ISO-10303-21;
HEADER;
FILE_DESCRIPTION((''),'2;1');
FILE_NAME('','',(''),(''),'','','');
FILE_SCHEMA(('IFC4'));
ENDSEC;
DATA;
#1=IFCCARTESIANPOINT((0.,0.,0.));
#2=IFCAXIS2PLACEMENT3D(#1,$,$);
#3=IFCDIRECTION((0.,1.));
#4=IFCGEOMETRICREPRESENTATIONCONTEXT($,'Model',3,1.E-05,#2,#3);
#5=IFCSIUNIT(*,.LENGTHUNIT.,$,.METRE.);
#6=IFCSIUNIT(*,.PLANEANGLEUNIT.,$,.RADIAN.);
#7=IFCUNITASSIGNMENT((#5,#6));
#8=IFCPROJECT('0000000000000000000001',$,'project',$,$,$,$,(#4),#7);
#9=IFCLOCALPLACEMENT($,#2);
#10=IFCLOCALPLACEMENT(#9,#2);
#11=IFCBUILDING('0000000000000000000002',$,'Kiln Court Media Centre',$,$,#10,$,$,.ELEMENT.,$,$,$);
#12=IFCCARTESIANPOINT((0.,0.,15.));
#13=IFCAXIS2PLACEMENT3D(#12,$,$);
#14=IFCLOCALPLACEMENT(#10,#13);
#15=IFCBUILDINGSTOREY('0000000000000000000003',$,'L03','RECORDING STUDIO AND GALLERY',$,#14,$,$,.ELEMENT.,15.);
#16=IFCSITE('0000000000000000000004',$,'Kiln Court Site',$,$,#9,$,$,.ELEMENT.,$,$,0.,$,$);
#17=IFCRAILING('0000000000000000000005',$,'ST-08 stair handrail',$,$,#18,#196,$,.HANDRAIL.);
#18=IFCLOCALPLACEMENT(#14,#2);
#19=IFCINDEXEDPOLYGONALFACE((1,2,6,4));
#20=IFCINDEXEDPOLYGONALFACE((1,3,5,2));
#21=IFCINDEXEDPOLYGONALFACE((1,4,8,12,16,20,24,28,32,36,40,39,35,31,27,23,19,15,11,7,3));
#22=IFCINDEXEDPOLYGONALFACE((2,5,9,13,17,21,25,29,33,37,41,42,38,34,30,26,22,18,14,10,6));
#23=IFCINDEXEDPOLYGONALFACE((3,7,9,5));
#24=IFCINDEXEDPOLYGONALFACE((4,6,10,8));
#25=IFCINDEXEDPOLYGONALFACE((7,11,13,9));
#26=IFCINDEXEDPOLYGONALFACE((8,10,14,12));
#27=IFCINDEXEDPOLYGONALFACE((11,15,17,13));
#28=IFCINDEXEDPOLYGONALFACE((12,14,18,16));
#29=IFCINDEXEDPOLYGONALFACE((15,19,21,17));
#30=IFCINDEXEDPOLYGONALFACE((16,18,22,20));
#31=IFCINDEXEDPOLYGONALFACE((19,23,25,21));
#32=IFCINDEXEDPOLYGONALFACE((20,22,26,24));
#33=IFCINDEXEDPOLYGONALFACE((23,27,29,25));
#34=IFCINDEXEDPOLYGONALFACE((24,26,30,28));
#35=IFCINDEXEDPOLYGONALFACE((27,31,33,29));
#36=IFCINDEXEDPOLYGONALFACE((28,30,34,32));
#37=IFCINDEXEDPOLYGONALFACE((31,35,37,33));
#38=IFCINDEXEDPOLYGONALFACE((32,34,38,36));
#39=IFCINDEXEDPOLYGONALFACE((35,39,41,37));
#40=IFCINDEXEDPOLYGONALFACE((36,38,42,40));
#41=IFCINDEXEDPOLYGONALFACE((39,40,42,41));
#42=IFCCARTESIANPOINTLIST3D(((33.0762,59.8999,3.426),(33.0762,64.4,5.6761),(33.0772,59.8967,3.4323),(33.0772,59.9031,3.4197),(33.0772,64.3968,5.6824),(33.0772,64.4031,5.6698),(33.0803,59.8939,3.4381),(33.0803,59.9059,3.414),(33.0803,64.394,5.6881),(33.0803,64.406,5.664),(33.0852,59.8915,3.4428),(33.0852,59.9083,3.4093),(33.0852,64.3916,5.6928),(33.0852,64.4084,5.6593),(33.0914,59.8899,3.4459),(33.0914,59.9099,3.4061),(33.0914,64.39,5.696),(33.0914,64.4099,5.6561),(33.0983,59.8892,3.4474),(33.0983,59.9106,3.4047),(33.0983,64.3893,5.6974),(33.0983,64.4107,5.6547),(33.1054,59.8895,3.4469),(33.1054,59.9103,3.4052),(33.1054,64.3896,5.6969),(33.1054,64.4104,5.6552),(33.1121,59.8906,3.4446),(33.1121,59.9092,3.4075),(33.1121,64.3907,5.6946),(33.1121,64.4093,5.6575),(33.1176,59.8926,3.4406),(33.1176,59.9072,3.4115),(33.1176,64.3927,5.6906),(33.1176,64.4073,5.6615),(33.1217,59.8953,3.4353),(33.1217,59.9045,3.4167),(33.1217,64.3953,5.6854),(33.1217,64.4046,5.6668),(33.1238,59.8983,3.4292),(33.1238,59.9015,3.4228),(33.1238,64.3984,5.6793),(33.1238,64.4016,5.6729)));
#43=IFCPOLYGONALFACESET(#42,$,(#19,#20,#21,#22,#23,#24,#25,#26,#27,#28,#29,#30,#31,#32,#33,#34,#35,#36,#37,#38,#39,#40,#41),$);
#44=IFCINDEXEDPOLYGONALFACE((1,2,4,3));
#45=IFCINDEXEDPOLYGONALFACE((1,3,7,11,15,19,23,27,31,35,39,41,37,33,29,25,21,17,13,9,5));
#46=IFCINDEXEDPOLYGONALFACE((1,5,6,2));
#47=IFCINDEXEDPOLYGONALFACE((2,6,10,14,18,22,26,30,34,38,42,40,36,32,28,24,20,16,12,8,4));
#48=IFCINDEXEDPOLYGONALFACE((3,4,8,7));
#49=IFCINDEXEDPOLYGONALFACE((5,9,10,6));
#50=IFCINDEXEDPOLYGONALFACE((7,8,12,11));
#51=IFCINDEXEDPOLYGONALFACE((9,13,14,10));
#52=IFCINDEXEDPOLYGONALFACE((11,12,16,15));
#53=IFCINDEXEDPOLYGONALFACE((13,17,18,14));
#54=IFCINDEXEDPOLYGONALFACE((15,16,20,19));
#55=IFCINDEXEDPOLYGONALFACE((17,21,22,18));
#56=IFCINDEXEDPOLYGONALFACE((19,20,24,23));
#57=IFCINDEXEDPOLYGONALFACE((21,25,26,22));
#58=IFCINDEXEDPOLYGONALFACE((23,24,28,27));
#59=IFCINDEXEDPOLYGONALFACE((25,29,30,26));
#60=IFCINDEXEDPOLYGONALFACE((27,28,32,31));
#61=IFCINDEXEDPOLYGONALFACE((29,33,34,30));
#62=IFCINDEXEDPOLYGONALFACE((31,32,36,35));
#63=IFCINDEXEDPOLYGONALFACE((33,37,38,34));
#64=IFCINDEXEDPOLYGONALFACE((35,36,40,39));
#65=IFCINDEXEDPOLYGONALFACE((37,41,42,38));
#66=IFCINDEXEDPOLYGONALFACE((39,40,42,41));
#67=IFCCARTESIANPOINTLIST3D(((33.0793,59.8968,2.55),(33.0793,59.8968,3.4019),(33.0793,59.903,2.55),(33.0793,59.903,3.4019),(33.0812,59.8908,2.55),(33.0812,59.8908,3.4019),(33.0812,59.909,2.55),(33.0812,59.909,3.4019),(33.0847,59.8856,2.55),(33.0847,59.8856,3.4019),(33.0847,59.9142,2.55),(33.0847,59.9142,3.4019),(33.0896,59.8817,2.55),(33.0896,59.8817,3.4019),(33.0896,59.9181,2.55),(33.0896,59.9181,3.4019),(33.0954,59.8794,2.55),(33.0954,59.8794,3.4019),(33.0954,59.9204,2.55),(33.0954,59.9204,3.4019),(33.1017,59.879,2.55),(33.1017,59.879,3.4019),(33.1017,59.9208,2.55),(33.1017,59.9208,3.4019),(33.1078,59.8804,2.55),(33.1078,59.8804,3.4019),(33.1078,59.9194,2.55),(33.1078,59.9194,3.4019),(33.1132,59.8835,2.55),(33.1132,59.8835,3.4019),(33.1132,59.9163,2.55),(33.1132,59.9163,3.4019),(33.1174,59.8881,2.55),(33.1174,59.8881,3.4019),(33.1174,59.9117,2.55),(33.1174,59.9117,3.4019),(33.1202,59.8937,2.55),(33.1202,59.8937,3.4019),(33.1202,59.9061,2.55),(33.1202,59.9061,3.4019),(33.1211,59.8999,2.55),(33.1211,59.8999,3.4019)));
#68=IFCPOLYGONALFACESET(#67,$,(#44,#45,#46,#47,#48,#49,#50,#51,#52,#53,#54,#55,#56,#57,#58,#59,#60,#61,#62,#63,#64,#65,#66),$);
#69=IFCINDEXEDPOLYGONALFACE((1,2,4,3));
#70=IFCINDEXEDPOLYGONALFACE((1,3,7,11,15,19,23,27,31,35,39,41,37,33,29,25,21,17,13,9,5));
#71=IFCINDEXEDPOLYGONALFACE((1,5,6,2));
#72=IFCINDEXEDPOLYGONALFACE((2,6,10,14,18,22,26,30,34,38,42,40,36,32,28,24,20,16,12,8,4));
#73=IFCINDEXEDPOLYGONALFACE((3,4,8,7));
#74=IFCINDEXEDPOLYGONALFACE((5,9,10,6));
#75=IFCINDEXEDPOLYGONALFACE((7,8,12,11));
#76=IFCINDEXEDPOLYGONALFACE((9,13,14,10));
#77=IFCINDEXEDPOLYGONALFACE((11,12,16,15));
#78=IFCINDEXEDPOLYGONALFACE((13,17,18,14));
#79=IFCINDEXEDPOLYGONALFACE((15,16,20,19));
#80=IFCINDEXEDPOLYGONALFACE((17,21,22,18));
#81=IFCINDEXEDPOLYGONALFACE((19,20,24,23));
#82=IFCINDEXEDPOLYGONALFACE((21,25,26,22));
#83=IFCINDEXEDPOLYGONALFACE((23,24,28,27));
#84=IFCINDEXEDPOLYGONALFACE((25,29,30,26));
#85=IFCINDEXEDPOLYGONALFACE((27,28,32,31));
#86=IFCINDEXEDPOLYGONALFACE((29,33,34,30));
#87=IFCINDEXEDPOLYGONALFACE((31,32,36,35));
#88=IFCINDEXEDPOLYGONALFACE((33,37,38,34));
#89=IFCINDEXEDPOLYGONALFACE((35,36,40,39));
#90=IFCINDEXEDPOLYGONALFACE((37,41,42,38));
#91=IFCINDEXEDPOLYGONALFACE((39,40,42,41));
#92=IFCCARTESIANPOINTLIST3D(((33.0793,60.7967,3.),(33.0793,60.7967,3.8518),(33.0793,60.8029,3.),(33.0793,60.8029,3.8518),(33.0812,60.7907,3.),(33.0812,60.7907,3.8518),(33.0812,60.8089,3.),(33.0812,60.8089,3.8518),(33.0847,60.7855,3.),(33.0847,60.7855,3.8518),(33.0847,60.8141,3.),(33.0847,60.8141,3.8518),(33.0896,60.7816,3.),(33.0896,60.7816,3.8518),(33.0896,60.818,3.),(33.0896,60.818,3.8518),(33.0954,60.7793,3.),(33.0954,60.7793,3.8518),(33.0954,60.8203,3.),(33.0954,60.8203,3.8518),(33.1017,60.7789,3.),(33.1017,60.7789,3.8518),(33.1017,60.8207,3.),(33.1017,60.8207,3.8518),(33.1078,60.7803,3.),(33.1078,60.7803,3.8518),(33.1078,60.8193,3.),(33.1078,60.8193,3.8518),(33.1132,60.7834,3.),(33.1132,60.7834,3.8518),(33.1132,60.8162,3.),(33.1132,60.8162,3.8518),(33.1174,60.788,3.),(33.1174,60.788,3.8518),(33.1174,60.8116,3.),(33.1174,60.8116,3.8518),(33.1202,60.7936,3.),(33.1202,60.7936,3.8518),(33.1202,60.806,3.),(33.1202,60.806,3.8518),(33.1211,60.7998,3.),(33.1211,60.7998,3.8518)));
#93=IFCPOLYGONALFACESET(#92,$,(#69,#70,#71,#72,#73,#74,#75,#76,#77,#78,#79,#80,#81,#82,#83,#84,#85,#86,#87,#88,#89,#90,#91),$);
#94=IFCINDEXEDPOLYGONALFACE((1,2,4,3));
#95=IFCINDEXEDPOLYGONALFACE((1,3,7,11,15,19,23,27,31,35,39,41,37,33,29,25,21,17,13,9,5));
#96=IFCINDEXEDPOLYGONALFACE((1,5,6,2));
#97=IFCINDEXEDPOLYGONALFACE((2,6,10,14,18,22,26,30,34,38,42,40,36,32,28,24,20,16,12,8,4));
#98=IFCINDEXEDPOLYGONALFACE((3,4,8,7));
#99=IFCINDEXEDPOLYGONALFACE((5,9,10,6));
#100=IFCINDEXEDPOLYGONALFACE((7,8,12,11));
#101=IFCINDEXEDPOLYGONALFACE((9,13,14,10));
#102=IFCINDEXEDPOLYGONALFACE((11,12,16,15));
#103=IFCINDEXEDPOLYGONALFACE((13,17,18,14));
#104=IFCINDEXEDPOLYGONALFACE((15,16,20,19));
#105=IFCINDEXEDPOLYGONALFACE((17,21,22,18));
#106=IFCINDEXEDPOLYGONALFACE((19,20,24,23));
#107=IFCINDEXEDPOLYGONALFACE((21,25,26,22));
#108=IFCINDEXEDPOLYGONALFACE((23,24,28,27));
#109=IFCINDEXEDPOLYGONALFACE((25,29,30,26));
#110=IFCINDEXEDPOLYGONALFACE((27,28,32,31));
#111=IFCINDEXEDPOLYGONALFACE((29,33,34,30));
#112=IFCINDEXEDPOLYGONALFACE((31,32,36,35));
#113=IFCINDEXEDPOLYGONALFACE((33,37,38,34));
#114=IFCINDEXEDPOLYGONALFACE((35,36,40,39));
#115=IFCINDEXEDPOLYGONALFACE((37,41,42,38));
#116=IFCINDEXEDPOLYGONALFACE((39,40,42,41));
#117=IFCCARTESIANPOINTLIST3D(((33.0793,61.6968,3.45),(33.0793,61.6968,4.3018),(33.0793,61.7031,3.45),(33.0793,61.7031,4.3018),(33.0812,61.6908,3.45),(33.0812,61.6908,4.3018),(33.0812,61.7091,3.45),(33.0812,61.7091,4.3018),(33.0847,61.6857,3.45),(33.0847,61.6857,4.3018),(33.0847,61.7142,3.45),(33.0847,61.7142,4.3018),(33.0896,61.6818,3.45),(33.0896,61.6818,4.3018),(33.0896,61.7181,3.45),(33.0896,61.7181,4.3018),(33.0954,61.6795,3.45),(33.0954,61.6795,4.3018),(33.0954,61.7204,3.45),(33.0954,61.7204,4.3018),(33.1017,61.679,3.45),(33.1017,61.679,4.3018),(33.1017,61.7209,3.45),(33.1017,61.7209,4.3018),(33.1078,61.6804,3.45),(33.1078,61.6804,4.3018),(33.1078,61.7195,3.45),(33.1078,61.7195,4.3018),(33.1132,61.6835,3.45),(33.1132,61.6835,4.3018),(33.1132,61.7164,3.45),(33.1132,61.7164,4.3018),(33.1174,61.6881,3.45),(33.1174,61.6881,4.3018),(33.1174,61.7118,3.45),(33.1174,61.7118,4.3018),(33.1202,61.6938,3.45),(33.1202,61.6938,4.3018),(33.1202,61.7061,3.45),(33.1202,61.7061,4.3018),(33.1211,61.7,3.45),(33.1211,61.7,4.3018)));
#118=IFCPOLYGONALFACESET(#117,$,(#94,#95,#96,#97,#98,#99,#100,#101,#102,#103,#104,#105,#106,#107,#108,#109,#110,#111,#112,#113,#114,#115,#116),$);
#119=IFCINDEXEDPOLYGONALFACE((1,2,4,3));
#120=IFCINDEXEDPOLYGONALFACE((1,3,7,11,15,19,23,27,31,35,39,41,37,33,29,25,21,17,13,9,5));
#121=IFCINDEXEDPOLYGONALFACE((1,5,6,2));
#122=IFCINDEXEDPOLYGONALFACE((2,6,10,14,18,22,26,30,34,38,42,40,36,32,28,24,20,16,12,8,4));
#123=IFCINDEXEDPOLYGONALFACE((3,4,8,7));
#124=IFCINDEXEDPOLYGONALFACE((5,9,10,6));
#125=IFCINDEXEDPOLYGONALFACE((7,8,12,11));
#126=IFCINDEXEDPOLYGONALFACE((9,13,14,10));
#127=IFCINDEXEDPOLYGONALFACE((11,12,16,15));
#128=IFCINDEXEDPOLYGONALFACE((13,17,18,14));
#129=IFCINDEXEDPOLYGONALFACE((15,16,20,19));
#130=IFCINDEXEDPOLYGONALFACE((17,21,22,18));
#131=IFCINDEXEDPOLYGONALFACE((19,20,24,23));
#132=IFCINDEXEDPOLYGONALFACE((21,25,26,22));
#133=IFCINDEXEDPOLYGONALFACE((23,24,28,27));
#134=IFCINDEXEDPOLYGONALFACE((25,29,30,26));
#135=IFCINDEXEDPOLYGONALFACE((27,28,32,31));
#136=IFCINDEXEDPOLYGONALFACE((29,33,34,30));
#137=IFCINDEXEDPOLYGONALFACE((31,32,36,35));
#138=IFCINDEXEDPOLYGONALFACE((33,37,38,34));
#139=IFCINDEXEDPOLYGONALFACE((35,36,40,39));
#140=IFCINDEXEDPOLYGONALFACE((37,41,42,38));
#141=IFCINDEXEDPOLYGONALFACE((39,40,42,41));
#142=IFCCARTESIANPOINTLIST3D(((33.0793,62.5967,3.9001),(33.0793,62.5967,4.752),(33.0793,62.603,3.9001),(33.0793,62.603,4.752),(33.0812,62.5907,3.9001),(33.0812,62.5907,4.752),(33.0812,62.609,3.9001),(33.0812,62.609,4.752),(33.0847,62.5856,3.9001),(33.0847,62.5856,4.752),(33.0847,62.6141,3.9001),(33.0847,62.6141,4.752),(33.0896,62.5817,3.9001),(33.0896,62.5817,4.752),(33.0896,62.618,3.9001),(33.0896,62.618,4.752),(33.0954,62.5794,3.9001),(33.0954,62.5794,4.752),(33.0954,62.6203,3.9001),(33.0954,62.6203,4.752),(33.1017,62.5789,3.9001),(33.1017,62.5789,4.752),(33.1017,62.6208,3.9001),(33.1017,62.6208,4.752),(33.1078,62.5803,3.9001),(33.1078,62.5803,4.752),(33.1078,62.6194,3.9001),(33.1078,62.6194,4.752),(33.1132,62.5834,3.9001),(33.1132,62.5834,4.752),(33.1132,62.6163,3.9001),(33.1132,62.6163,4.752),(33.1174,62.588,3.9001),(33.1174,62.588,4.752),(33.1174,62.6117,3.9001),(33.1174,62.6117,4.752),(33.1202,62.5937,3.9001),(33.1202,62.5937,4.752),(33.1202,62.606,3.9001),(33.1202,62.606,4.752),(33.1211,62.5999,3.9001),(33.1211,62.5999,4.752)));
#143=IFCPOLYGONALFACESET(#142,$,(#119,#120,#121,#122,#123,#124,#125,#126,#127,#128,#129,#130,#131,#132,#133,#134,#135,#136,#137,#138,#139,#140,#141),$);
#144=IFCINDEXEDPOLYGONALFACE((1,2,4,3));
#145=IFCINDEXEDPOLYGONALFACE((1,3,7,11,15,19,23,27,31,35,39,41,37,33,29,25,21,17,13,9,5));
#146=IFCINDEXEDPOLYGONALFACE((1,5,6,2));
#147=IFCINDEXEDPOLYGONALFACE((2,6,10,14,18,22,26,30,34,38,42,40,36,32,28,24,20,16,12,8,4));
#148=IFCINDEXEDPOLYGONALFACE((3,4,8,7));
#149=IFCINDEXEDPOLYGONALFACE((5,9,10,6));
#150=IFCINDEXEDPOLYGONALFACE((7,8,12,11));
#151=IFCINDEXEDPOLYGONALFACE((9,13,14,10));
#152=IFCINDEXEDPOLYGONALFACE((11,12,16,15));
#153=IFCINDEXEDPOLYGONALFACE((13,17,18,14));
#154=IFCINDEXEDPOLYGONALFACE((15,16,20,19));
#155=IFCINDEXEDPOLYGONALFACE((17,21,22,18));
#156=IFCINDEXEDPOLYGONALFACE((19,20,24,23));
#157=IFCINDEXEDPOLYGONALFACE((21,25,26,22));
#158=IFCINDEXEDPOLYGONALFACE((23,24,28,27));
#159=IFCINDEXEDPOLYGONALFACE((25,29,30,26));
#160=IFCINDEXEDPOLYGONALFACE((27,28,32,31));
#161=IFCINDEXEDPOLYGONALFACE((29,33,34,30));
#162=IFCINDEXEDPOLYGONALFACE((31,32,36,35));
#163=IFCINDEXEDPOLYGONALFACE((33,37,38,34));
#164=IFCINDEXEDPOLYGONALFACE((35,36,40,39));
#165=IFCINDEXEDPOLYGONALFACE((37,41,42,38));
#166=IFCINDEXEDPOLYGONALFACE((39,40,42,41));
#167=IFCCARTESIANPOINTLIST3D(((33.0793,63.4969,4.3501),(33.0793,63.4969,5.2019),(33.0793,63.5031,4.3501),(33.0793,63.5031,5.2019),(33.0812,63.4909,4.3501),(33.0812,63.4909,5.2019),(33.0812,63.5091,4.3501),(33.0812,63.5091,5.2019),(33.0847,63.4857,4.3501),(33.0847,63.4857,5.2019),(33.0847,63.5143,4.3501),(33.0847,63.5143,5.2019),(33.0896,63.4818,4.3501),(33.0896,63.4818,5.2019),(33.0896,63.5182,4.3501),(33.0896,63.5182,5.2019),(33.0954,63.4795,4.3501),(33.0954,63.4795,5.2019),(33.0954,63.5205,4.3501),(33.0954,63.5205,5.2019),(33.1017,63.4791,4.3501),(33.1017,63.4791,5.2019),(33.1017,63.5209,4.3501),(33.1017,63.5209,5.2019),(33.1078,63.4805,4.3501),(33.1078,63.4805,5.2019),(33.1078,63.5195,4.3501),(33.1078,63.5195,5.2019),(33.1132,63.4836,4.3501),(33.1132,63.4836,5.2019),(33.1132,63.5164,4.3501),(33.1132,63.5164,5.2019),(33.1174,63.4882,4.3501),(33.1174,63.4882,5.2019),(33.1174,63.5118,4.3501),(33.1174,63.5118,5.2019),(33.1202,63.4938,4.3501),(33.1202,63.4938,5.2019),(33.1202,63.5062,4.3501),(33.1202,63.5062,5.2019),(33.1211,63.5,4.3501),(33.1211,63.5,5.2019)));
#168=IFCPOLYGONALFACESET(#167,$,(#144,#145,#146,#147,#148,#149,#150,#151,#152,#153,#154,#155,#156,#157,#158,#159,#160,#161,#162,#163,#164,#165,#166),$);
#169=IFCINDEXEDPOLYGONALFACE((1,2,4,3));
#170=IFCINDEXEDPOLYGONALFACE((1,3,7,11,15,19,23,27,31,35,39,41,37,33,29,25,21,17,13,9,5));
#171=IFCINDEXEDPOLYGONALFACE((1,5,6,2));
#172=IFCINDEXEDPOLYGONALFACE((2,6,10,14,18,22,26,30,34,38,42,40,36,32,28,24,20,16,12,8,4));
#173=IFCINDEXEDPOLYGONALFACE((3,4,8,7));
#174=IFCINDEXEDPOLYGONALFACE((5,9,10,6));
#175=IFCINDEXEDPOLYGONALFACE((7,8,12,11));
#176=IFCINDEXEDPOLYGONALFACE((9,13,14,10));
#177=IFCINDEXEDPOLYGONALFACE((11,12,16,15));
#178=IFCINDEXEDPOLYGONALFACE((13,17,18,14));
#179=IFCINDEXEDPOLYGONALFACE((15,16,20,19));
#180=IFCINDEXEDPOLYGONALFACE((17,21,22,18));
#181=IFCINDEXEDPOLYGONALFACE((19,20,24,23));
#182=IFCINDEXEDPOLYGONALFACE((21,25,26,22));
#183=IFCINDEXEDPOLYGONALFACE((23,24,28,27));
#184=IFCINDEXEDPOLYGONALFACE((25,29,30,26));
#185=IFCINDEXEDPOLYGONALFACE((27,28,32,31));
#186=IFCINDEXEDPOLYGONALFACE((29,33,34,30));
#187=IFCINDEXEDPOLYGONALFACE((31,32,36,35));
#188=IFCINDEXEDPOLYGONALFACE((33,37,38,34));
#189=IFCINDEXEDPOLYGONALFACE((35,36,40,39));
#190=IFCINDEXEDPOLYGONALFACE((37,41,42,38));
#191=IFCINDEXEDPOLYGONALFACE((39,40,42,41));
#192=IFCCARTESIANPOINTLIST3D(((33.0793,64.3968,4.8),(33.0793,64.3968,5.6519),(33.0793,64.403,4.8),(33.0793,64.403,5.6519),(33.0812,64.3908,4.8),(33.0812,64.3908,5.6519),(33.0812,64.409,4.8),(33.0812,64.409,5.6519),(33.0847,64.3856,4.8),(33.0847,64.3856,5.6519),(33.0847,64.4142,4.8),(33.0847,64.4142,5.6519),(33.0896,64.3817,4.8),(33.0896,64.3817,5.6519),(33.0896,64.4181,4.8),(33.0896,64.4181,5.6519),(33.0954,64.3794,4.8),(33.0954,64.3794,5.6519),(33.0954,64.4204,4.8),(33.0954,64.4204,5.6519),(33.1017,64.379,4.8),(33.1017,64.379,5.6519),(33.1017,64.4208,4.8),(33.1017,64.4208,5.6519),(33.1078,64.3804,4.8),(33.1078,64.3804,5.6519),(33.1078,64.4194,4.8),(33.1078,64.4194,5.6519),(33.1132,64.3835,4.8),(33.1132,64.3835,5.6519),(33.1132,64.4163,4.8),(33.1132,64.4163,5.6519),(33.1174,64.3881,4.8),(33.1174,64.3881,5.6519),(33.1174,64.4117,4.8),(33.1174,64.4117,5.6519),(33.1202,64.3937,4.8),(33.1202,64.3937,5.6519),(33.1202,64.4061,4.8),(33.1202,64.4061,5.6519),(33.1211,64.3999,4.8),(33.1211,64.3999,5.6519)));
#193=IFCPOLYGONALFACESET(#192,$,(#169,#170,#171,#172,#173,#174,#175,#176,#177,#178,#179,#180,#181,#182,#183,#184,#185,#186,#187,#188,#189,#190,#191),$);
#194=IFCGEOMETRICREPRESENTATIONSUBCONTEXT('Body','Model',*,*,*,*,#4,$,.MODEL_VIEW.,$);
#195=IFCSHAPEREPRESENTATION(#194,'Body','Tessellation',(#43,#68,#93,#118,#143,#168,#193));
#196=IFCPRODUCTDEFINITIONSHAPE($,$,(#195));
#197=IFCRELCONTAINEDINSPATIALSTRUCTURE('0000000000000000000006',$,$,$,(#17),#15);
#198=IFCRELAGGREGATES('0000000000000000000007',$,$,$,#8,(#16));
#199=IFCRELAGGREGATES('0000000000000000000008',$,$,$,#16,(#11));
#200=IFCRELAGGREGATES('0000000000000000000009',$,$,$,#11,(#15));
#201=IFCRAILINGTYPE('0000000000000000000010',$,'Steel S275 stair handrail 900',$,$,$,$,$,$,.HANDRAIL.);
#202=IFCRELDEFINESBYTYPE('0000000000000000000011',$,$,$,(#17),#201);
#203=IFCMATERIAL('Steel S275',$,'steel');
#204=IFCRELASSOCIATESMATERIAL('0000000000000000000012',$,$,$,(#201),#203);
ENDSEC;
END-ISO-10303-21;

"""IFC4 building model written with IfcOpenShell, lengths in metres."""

from ifc_helpers import new_model, si_unit, direction, frame, origin, origin_2d, place, context, subcontext, project, spatial, circle, extrude, material, type_object, element, save


model = new_model("IFC4")

# Units and contexts
model_context = context("Model", 3, precision=1e-05, world=origin(), true_north=direction((0.0, 1.0)))
body_context = subcontext(model_context, "Body", "Model", "MODEL_VIEW")
ifc_project = project(units=[si_unit("LENGTHUNIT", "METRE"), si_unit("PLANEANGLEUNIT", "RADIAN")], contexts=[model_context])

# Site, building, storey
site_placement = place(None, origin())
site = spatial("IfcSite", under=ifc_project, at=site_placement, Name="Kiln Court Site", CompositionType="ELEMENT", RefElevation=0.0)
building_placement = place(site_placement, origin())
building = spatial("IfcBuilding", under=site, at=building_placement, Name="Kiln Court Media Centre", CompositionType="ELEMENT")
storey_placement = place(building_placement, frame((0.0, 0.0, 15.0)))
storey = spatial("IfcBuildingStorey", under=building, at=storey_placement, Name="L03", Description="RECORDING STUDIO AND GALLERY", CompositionType="ELEMENT", Elevation=15.0)

# Railing
ifc_material_1 = material(Name="Steel S275", Category="steel")
railing_type_1 = type_object("IfcRailingType", Name="Steel S275 stair handrail 900", PredefinedType="HANDRAIL", material=ifc_material_1)
railing_1_placement = place(storey_placement, frame((33.1001, 59.8999, 2.55)))
element("IfcRailing", 1, at=railing_1_placement, inside=storey, type_object=railing_type_1, Name="ST-08 stair handrail", PredefinedType="HANDRAIL", context=body_context, shape_type="SweptSolid", body=[
    extrude(circle(Radius=0.0239, at=origin_2d()), frame((0.0, 0.0, 0.876), z_axis=(0.0, 0.894427, 0.447214), x_axis=(-1.0, 0.0, 0.0)), (0.0, 0.0, 1.0), 5.0312),
    extrude(circle(Radius=0.021, at=origin_2d()), origin(), (0.0, 0.0, 1.0), 0.8518),
    extrude(circle(Radius=0.021, at=origin_2d()), frame((0.0, 0.8999, 0.45)), (0.0, 0.0, 1.0), 0.8518),
    extrude(circle(Radius=0.021, at=origin_2d()), frame((0.0, 1.8, 0.8999)), (0.0, 0.0, 1.0), 0.8518),
    extrude(circle(Radius=0.021, at=origin_2d()), frame((0.0, 2.7, 1.3501)), (0.0, 0.0, 1.0), 0.8518),
    extrude(circle(Radius=0.021, at=origin_2d()), frame((0.0, 3.6001, 1.8)), (0.0, 0.0, 1.0), 0.8518),
    extrude(circle(Radius=0.021, at=origin_2d()), frame((0.0, 4.5, 2.25)), (0.0, 0.0, 1.0), 0.8518),
])

save(model, "model.ifc")
